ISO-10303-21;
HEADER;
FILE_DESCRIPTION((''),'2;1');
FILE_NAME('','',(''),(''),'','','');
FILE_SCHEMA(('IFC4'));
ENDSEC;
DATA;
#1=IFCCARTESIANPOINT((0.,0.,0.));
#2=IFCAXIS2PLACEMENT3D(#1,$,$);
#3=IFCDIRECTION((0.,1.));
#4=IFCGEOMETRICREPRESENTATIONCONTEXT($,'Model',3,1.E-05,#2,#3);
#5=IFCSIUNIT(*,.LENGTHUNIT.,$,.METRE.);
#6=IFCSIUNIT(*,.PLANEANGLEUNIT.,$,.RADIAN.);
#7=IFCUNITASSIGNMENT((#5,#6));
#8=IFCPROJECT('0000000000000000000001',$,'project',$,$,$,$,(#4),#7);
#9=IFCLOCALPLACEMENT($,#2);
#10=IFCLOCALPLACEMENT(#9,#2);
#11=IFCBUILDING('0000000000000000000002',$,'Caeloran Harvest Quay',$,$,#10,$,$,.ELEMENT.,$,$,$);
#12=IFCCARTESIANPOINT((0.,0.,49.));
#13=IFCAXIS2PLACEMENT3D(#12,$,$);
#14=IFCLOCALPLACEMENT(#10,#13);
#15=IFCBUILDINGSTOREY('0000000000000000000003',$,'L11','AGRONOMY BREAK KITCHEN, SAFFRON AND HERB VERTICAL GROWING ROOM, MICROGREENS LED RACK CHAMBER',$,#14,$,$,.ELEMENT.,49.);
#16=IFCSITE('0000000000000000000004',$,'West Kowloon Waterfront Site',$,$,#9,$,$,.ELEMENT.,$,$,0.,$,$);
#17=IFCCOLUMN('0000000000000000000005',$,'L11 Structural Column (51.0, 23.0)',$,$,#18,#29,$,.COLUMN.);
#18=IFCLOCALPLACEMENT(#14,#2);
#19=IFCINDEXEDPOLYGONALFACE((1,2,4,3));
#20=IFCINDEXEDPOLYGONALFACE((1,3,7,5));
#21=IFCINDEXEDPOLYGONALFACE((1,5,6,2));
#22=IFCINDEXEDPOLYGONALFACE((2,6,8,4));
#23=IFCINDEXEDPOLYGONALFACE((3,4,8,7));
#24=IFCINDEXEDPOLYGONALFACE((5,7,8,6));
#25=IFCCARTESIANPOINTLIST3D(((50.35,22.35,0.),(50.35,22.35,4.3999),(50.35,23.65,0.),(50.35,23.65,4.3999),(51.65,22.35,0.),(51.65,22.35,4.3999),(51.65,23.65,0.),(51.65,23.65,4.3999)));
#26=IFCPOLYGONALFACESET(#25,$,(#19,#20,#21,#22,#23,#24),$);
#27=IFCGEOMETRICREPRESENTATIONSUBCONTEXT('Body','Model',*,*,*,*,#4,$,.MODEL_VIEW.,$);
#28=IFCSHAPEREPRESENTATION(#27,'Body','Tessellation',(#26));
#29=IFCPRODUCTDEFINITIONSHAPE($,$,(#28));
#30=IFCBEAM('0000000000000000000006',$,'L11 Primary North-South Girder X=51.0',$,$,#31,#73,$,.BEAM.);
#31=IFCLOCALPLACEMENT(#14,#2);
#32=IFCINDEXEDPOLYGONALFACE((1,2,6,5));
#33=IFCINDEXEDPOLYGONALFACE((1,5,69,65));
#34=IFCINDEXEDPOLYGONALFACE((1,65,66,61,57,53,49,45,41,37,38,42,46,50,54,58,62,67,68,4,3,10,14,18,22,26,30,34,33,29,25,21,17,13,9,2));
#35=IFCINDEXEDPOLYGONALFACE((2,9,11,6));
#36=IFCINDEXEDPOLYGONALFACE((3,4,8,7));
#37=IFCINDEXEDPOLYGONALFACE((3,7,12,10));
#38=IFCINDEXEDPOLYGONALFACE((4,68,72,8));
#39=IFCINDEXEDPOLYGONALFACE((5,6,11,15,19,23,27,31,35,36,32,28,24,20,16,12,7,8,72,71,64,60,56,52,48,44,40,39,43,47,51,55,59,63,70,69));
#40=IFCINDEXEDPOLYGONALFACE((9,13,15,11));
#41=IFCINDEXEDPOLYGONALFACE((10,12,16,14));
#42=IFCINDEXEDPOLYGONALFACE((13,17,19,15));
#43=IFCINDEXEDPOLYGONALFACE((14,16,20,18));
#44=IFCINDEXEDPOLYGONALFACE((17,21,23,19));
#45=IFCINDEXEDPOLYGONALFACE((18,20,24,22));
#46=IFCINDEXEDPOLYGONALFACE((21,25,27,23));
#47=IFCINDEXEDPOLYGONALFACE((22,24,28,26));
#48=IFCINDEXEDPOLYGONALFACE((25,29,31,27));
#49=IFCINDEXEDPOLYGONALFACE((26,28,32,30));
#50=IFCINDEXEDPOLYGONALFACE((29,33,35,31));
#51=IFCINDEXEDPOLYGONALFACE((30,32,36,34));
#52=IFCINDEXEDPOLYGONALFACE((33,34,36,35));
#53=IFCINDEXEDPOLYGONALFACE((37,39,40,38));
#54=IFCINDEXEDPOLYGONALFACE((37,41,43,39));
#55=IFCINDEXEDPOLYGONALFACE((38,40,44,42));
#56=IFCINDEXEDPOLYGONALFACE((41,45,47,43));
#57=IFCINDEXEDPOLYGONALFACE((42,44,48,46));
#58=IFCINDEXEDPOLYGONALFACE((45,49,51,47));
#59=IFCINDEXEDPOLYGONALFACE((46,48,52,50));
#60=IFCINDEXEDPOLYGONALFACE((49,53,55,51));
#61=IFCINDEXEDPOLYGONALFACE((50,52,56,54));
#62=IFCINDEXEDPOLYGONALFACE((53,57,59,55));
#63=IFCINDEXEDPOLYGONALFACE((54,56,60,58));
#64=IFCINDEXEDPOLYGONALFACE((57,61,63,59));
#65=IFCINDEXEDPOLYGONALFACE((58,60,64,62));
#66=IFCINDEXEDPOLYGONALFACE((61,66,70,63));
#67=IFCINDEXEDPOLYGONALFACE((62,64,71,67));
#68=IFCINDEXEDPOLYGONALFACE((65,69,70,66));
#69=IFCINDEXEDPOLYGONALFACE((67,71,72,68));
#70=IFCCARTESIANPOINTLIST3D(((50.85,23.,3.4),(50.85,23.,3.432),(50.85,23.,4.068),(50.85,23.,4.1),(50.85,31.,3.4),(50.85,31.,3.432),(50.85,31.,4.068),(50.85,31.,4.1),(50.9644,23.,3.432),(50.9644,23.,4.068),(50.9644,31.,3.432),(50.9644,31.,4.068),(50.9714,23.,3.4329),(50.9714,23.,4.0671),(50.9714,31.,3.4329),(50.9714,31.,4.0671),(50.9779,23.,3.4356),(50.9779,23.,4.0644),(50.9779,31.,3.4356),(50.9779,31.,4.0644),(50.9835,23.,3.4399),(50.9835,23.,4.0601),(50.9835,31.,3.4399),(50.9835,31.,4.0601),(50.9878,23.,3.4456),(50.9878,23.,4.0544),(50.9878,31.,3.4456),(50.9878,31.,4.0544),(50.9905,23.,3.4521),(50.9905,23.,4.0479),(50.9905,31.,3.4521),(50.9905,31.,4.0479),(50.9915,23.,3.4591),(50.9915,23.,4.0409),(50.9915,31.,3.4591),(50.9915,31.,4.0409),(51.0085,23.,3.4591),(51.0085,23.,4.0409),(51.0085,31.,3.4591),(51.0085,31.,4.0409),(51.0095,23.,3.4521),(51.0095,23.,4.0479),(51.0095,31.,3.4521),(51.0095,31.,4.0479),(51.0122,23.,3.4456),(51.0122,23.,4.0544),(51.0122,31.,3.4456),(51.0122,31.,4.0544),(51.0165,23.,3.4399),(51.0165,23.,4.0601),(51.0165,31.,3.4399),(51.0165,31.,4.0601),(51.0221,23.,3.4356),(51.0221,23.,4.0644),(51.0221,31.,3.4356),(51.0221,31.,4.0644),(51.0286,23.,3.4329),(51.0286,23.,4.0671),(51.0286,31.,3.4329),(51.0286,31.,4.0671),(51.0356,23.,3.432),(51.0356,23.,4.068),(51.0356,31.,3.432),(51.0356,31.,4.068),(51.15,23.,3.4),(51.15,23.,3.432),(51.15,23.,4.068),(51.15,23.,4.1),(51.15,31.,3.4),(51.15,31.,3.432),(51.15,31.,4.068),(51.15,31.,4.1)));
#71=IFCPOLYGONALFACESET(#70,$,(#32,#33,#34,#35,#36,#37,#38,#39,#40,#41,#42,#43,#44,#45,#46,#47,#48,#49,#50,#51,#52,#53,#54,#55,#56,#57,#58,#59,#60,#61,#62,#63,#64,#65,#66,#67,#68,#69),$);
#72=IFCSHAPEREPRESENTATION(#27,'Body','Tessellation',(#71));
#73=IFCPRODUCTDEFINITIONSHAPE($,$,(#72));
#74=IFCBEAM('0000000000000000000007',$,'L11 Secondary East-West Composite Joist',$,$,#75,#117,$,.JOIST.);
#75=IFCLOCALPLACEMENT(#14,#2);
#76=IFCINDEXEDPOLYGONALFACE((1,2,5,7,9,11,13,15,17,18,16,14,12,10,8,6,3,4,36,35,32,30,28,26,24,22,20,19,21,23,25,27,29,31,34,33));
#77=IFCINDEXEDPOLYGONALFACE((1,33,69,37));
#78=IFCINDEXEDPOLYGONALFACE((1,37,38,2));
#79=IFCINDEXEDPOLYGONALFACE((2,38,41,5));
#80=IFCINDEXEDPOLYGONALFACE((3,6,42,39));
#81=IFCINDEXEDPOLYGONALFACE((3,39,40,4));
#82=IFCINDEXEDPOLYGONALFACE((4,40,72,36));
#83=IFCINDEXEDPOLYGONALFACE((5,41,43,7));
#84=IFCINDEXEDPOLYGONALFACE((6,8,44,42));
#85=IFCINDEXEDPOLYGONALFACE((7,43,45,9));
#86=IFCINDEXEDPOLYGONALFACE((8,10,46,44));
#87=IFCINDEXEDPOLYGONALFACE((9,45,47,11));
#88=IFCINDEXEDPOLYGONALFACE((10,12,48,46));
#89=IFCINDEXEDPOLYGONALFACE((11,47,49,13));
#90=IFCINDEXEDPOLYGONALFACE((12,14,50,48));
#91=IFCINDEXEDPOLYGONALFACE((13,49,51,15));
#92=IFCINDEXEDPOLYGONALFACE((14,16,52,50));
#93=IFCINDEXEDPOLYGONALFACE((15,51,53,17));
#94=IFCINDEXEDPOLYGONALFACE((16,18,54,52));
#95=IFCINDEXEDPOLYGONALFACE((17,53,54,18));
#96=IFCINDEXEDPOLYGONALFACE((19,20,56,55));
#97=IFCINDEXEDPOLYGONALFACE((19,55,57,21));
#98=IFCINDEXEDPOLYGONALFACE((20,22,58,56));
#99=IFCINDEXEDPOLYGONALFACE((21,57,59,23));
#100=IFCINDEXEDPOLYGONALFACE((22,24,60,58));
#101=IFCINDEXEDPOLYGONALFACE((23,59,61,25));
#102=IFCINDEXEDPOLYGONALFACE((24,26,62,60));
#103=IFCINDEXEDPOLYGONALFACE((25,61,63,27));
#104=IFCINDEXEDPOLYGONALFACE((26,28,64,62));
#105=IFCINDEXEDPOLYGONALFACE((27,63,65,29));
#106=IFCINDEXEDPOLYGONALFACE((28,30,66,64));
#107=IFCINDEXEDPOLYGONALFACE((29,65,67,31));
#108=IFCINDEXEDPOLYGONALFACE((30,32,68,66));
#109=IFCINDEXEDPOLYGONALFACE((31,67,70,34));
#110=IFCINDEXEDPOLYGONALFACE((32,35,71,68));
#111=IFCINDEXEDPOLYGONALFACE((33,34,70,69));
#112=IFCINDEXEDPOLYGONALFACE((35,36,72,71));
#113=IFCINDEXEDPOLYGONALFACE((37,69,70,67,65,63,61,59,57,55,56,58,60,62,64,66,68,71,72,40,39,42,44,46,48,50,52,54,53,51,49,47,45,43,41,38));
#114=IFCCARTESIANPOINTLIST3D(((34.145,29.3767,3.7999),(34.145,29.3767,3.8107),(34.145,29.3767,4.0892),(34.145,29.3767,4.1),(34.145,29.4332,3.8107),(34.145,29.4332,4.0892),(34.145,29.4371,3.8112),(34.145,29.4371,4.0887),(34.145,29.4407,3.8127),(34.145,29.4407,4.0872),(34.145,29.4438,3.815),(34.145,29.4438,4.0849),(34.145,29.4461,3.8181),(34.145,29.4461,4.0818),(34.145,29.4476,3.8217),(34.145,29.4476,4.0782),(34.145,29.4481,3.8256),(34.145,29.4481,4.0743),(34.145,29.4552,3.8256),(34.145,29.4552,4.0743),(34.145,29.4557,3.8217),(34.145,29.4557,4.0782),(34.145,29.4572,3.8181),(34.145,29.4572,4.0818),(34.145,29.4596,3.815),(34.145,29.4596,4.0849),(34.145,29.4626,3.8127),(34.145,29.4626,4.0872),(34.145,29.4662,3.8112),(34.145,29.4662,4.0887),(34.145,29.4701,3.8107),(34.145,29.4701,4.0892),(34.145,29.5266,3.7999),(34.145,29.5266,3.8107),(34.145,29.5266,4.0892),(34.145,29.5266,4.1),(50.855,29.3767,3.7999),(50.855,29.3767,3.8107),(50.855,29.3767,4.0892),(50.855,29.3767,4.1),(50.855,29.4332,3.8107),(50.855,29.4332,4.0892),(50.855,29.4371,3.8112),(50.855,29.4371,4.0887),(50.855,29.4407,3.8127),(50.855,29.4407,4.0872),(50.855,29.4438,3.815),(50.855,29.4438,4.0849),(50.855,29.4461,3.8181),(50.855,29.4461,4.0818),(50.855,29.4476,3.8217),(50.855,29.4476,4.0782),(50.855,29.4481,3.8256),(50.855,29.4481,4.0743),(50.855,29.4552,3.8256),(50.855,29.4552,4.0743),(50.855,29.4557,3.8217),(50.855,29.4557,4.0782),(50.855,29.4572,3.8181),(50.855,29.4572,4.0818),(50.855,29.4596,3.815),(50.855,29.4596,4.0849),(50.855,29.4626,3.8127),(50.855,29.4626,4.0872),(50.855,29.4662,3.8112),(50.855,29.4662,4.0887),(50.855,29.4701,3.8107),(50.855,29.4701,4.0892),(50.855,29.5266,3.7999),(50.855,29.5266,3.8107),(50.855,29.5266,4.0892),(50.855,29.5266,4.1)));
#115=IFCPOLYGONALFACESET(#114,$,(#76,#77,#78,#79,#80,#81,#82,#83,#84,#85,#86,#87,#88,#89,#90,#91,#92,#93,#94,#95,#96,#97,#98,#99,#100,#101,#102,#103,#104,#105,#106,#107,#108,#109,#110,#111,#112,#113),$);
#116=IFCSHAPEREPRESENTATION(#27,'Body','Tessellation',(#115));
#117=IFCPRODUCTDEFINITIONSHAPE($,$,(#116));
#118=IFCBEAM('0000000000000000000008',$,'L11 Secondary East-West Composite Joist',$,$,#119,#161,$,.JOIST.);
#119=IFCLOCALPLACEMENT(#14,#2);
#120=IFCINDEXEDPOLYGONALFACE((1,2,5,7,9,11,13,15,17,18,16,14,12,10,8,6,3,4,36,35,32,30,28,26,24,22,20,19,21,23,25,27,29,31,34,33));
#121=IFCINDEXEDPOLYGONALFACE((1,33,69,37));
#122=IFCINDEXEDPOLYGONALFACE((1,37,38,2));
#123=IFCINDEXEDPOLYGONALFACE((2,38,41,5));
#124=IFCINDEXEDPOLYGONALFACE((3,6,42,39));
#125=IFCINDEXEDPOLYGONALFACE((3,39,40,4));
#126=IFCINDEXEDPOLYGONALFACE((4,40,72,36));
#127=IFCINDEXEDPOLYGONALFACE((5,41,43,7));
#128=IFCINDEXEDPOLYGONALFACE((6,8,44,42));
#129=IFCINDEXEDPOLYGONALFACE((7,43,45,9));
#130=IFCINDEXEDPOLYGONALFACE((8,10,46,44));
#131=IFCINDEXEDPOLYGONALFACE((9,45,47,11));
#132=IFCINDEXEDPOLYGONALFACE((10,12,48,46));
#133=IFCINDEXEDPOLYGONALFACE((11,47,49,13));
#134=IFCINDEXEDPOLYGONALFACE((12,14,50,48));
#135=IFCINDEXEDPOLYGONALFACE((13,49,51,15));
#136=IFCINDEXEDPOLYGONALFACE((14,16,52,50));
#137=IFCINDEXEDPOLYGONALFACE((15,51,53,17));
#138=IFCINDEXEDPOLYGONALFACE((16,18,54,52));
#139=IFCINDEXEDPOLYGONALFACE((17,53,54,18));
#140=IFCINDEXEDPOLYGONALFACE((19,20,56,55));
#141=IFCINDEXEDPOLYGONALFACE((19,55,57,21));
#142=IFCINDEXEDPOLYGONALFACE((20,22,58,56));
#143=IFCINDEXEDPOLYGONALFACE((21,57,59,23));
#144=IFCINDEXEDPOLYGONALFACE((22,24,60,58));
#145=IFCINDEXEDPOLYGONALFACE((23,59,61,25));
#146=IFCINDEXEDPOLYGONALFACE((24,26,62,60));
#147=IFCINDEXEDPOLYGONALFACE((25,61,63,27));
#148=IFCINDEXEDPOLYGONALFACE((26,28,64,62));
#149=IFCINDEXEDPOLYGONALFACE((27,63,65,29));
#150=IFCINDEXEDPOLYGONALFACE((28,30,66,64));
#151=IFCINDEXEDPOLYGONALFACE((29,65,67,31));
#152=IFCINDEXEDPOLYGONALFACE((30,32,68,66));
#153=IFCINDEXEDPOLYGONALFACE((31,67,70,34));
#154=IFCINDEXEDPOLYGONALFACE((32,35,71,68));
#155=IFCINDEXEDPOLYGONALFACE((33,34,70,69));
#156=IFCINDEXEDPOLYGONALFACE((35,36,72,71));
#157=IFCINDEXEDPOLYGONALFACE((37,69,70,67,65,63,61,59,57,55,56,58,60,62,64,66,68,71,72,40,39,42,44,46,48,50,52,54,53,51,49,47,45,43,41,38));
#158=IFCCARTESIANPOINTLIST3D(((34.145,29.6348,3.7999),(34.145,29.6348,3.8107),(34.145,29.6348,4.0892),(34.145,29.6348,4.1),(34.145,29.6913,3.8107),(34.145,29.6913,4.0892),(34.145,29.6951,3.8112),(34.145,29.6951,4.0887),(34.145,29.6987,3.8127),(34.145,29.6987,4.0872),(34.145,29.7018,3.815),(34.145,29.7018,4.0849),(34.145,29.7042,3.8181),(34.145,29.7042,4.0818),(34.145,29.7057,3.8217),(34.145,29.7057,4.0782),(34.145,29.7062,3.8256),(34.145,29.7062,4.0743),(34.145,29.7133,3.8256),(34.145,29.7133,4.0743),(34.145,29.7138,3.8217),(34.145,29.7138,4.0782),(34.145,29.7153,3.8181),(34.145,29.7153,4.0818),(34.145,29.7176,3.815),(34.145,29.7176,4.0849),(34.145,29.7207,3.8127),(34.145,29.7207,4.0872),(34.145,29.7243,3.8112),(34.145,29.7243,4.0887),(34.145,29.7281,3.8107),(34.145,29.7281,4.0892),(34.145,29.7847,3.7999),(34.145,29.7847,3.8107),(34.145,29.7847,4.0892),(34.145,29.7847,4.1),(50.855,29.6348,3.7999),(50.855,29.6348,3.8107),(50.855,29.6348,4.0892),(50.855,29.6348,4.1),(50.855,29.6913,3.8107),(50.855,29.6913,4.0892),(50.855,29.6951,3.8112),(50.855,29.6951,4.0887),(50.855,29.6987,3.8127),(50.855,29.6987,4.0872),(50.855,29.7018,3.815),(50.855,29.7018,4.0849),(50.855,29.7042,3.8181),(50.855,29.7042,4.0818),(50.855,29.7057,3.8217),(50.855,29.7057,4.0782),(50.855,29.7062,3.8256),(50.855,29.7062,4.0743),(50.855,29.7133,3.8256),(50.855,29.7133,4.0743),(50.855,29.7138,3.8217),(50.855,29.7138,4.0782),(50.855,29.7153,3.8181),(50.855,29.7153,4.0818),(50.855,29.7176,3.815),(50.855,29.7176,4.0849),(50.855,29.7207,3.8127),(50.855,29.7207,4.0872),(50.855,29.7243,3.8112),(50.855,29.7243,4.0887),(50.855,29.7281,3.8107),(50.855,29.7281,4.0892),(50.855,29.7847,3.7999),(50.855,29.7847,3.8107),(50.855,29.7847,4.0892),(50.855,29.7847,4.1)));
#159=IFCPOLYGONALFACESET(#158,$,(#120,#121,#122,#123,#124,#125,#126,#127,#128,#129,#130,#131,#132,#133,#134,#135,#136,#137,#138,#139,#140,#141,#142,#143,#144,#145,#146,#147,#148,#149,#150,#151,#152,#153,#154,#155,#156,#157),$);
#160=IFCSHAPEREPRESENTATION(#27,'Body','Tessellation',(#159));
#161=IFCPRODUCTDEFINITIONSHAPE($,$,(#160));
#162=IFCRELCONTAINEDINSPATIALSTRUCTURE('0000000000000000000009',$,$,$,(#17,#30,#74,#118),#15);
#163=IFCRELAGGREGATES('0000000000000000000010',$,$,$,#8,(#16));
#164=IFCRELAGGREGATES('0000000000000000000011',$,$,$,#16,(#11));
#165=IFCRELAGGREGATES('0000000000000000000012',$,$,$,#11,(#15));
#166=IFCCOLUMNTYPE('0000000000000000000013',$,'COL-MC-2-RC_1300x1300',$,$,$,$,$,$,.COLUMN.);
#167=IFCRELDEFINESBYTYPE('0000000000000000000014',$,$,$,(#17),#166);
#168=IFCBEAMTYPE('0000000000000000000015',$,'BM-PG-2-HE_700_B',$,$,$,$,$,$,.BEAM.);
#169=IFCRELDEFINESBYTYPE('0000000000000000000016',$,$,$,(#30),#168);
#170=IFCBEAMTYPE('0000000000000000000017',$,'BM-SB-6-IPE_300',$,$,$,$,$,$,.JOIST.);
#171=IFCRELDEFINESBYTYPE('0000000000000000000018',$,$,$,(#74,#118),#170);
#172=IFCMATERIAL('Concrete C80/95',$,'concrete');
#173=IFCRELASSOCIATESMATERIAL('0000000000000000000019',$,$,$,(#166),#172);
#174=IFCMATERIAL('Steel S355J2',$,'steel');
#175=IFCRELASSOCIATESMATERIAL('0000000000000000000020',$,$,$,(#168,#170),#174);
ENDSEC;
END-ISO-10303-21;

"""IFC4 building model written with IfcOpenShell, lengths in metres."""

from ifc_helpers import new_model, si_unit, direction, frame, origin, origin_2d, place, context, subcontext, project, spatial, rectangle, i_section, extrude, material, material_profile, profile_set, type_object, element, save


model = new_model("IFC4")

# Units and contexts
model_context = context("Model", 3, precision=1e-05, world=origin(), true_north=direction((0.0, 1.0)))
body_context = subcontext(model_context, "Body", "Model", "MODEL_VIEW")
ifc_project = project(units=[si_unit("LENGTHUNIT", "METRE"), si_unit("PLANEANGLEUNIT", "RADIAN")], contexts=[model_context])

# Site, building, storey
site_placement = place(None, origin())
site = spatial("IfcSite", under=ifc_project, at=site_placement, Name="West Kowloon Waterfront Site", CompositionType="ELEMENT", RefElevation=0.0)
building_placement = place(site_placement, origin())
building = spatial("IfcBuilding", under=site, at=building_placement, Name="Caeloran Harvest Quay", CompositionType="ELEMENT")
storey_placement = place(building_placement, frame((0.0, 0.0, 49.0)))
storey = spatial("IfcBuildingStorey", under=building, at=storey_placement, Name="L11", Description="AGRONOMY BREAK KITCHEN, SAFFRON AND HERB VERTICAL GROWING ROOM, MICROGREENS LED RACK CHAMBER", CompositionType="ELEMENT", Elevation=49.0)

# Column
ifc_material_1 = material(Name="Concrete C80/95", Category="concrete")
ifc_material_profile_1 = material_profile(ifc_material_1, rectangle(XDim=1.3, YDim=1.3, at=origin_2d()), Name="RC 1300x1300")
ifc_profile_set_1 = profile_set([ifc_material_profile_1], Name="Concrete C80/95")
column_type = type_object("IfcColumnType", Name="COL-MC-2-RC_1300x1300", PredefinedType="COLUMN", material=ifc_profile_set_1)
column_placement = place(storey_placement, frame((51.0, 23.0, 0.0), z_axis=(0.0, 0.0, 1.0), x_axis=(1.0, 0.0, 0.0)))
element("IfcColumn", 1, at=column_placement, inside=storey, type_object=column_type, Name="L11 Structural Column (51.0, 23.0)", PredefinedType="COLUMN", context=body_context, shape_type="SweptSolid", body=[
    extrude(rectangle(XDim=1.3, YDim=1.3, at=origin_2d()), origin(), (0.0, 0.0, 1.0), 4.3999),
])

# Beams
ifc_material_2 = material(Name="Steel S355J2", Category="steel")
ifc_material_profile_2 = material_profile(ifc_material_2, i_section(OverallWidth=0.3, OverallDepth=0.7, WebThickness=0.0171, FlangeThickness=0.032, FilletRadius=0.0271, at=origin_2d()), Name="HE 700 B")
ifc_profile_set_2 = profile_set([ifc_material_profile_2], Name="Steel S355J2")
beam_type_1 = type_object("IfcBeamType", Name="BM-PG-2-HE_700_B", PredefinedType="BEAM", material=ifc_profile_set_2)
beam_placement = place(storey_placement, frame((51.0, 23.0, 3.75), z_axis=(0.0, 1.0, 0.0), x_axis=(-1.0, 0.0, 0.0)))
element("IfcBeam", 2, at=beam_placement, inside=storey, type_object=beam_type_1, Name="L11 Primary North-South Girder X=51.0", PredefinedType="BEAM", context=body_context, shape_type="SweptSolid", body=[
    extrude(i_section(OverallWidth=0.3, OverallDepth=0.7, WebThickness=0.0171, FlangeThickness=0.032, FilletRadius=0.0271, at=origin_2d()), origin(), (0.0, 0.0, 1.0), 8.0),
])
ifc_material_profile_3 = material_profile(ifc_material_2, i_section(OverallWidth=0.1499, OverallDepth=0.3, WebThickness=0.0071, FlangeThickness=0.0107, FilletRadius=0.0149, at=origin_2d()), Name="IPE 300")
ifc_profile_set_3 = profile_set([ifc_material_profile_3], Name="Steel S355J2")
beam_type_2 = type_object("IfcBeamType", Name="BM-SB-6-IPE_300", PredefinedType="JOIST", material=ifc_profile_set_3)
for number, where, z_axis, x_axis, name in (
    (3, (34.145, 29.4517, 3.95), (1.0, 0.0, 0.0), (0.0, 1.0, 0.0), "L11 Secondary East-West Composite Joist"),
    (4, (34.145, 29.7097, 3.95), (1.0, 0.0, 0.0), (0.0, 1.0, 0.0), "L11 Secondary East-West Composite Joist"),
):
    element("IfcBeam", number, at=place(storey_placement, frame(where, z_axis=z_axis, x_axis=x_axis)), inside=storey, type_object=beam_type_2, Name=name, PredefinedType="JOIST", context=body_context, shape_type="SweptSolid", body=[
        extrude(i_section(OverallWidth=0.1499, OverallDepth=0.3, WebThickness=0.0071, FlangeThickness=0.0107, FilletRadius=0.0149, at=origin_2d()), origin(), (0.0, 0.0, 1.0), 16.71),
    ])

save(model, "model.ifc")
